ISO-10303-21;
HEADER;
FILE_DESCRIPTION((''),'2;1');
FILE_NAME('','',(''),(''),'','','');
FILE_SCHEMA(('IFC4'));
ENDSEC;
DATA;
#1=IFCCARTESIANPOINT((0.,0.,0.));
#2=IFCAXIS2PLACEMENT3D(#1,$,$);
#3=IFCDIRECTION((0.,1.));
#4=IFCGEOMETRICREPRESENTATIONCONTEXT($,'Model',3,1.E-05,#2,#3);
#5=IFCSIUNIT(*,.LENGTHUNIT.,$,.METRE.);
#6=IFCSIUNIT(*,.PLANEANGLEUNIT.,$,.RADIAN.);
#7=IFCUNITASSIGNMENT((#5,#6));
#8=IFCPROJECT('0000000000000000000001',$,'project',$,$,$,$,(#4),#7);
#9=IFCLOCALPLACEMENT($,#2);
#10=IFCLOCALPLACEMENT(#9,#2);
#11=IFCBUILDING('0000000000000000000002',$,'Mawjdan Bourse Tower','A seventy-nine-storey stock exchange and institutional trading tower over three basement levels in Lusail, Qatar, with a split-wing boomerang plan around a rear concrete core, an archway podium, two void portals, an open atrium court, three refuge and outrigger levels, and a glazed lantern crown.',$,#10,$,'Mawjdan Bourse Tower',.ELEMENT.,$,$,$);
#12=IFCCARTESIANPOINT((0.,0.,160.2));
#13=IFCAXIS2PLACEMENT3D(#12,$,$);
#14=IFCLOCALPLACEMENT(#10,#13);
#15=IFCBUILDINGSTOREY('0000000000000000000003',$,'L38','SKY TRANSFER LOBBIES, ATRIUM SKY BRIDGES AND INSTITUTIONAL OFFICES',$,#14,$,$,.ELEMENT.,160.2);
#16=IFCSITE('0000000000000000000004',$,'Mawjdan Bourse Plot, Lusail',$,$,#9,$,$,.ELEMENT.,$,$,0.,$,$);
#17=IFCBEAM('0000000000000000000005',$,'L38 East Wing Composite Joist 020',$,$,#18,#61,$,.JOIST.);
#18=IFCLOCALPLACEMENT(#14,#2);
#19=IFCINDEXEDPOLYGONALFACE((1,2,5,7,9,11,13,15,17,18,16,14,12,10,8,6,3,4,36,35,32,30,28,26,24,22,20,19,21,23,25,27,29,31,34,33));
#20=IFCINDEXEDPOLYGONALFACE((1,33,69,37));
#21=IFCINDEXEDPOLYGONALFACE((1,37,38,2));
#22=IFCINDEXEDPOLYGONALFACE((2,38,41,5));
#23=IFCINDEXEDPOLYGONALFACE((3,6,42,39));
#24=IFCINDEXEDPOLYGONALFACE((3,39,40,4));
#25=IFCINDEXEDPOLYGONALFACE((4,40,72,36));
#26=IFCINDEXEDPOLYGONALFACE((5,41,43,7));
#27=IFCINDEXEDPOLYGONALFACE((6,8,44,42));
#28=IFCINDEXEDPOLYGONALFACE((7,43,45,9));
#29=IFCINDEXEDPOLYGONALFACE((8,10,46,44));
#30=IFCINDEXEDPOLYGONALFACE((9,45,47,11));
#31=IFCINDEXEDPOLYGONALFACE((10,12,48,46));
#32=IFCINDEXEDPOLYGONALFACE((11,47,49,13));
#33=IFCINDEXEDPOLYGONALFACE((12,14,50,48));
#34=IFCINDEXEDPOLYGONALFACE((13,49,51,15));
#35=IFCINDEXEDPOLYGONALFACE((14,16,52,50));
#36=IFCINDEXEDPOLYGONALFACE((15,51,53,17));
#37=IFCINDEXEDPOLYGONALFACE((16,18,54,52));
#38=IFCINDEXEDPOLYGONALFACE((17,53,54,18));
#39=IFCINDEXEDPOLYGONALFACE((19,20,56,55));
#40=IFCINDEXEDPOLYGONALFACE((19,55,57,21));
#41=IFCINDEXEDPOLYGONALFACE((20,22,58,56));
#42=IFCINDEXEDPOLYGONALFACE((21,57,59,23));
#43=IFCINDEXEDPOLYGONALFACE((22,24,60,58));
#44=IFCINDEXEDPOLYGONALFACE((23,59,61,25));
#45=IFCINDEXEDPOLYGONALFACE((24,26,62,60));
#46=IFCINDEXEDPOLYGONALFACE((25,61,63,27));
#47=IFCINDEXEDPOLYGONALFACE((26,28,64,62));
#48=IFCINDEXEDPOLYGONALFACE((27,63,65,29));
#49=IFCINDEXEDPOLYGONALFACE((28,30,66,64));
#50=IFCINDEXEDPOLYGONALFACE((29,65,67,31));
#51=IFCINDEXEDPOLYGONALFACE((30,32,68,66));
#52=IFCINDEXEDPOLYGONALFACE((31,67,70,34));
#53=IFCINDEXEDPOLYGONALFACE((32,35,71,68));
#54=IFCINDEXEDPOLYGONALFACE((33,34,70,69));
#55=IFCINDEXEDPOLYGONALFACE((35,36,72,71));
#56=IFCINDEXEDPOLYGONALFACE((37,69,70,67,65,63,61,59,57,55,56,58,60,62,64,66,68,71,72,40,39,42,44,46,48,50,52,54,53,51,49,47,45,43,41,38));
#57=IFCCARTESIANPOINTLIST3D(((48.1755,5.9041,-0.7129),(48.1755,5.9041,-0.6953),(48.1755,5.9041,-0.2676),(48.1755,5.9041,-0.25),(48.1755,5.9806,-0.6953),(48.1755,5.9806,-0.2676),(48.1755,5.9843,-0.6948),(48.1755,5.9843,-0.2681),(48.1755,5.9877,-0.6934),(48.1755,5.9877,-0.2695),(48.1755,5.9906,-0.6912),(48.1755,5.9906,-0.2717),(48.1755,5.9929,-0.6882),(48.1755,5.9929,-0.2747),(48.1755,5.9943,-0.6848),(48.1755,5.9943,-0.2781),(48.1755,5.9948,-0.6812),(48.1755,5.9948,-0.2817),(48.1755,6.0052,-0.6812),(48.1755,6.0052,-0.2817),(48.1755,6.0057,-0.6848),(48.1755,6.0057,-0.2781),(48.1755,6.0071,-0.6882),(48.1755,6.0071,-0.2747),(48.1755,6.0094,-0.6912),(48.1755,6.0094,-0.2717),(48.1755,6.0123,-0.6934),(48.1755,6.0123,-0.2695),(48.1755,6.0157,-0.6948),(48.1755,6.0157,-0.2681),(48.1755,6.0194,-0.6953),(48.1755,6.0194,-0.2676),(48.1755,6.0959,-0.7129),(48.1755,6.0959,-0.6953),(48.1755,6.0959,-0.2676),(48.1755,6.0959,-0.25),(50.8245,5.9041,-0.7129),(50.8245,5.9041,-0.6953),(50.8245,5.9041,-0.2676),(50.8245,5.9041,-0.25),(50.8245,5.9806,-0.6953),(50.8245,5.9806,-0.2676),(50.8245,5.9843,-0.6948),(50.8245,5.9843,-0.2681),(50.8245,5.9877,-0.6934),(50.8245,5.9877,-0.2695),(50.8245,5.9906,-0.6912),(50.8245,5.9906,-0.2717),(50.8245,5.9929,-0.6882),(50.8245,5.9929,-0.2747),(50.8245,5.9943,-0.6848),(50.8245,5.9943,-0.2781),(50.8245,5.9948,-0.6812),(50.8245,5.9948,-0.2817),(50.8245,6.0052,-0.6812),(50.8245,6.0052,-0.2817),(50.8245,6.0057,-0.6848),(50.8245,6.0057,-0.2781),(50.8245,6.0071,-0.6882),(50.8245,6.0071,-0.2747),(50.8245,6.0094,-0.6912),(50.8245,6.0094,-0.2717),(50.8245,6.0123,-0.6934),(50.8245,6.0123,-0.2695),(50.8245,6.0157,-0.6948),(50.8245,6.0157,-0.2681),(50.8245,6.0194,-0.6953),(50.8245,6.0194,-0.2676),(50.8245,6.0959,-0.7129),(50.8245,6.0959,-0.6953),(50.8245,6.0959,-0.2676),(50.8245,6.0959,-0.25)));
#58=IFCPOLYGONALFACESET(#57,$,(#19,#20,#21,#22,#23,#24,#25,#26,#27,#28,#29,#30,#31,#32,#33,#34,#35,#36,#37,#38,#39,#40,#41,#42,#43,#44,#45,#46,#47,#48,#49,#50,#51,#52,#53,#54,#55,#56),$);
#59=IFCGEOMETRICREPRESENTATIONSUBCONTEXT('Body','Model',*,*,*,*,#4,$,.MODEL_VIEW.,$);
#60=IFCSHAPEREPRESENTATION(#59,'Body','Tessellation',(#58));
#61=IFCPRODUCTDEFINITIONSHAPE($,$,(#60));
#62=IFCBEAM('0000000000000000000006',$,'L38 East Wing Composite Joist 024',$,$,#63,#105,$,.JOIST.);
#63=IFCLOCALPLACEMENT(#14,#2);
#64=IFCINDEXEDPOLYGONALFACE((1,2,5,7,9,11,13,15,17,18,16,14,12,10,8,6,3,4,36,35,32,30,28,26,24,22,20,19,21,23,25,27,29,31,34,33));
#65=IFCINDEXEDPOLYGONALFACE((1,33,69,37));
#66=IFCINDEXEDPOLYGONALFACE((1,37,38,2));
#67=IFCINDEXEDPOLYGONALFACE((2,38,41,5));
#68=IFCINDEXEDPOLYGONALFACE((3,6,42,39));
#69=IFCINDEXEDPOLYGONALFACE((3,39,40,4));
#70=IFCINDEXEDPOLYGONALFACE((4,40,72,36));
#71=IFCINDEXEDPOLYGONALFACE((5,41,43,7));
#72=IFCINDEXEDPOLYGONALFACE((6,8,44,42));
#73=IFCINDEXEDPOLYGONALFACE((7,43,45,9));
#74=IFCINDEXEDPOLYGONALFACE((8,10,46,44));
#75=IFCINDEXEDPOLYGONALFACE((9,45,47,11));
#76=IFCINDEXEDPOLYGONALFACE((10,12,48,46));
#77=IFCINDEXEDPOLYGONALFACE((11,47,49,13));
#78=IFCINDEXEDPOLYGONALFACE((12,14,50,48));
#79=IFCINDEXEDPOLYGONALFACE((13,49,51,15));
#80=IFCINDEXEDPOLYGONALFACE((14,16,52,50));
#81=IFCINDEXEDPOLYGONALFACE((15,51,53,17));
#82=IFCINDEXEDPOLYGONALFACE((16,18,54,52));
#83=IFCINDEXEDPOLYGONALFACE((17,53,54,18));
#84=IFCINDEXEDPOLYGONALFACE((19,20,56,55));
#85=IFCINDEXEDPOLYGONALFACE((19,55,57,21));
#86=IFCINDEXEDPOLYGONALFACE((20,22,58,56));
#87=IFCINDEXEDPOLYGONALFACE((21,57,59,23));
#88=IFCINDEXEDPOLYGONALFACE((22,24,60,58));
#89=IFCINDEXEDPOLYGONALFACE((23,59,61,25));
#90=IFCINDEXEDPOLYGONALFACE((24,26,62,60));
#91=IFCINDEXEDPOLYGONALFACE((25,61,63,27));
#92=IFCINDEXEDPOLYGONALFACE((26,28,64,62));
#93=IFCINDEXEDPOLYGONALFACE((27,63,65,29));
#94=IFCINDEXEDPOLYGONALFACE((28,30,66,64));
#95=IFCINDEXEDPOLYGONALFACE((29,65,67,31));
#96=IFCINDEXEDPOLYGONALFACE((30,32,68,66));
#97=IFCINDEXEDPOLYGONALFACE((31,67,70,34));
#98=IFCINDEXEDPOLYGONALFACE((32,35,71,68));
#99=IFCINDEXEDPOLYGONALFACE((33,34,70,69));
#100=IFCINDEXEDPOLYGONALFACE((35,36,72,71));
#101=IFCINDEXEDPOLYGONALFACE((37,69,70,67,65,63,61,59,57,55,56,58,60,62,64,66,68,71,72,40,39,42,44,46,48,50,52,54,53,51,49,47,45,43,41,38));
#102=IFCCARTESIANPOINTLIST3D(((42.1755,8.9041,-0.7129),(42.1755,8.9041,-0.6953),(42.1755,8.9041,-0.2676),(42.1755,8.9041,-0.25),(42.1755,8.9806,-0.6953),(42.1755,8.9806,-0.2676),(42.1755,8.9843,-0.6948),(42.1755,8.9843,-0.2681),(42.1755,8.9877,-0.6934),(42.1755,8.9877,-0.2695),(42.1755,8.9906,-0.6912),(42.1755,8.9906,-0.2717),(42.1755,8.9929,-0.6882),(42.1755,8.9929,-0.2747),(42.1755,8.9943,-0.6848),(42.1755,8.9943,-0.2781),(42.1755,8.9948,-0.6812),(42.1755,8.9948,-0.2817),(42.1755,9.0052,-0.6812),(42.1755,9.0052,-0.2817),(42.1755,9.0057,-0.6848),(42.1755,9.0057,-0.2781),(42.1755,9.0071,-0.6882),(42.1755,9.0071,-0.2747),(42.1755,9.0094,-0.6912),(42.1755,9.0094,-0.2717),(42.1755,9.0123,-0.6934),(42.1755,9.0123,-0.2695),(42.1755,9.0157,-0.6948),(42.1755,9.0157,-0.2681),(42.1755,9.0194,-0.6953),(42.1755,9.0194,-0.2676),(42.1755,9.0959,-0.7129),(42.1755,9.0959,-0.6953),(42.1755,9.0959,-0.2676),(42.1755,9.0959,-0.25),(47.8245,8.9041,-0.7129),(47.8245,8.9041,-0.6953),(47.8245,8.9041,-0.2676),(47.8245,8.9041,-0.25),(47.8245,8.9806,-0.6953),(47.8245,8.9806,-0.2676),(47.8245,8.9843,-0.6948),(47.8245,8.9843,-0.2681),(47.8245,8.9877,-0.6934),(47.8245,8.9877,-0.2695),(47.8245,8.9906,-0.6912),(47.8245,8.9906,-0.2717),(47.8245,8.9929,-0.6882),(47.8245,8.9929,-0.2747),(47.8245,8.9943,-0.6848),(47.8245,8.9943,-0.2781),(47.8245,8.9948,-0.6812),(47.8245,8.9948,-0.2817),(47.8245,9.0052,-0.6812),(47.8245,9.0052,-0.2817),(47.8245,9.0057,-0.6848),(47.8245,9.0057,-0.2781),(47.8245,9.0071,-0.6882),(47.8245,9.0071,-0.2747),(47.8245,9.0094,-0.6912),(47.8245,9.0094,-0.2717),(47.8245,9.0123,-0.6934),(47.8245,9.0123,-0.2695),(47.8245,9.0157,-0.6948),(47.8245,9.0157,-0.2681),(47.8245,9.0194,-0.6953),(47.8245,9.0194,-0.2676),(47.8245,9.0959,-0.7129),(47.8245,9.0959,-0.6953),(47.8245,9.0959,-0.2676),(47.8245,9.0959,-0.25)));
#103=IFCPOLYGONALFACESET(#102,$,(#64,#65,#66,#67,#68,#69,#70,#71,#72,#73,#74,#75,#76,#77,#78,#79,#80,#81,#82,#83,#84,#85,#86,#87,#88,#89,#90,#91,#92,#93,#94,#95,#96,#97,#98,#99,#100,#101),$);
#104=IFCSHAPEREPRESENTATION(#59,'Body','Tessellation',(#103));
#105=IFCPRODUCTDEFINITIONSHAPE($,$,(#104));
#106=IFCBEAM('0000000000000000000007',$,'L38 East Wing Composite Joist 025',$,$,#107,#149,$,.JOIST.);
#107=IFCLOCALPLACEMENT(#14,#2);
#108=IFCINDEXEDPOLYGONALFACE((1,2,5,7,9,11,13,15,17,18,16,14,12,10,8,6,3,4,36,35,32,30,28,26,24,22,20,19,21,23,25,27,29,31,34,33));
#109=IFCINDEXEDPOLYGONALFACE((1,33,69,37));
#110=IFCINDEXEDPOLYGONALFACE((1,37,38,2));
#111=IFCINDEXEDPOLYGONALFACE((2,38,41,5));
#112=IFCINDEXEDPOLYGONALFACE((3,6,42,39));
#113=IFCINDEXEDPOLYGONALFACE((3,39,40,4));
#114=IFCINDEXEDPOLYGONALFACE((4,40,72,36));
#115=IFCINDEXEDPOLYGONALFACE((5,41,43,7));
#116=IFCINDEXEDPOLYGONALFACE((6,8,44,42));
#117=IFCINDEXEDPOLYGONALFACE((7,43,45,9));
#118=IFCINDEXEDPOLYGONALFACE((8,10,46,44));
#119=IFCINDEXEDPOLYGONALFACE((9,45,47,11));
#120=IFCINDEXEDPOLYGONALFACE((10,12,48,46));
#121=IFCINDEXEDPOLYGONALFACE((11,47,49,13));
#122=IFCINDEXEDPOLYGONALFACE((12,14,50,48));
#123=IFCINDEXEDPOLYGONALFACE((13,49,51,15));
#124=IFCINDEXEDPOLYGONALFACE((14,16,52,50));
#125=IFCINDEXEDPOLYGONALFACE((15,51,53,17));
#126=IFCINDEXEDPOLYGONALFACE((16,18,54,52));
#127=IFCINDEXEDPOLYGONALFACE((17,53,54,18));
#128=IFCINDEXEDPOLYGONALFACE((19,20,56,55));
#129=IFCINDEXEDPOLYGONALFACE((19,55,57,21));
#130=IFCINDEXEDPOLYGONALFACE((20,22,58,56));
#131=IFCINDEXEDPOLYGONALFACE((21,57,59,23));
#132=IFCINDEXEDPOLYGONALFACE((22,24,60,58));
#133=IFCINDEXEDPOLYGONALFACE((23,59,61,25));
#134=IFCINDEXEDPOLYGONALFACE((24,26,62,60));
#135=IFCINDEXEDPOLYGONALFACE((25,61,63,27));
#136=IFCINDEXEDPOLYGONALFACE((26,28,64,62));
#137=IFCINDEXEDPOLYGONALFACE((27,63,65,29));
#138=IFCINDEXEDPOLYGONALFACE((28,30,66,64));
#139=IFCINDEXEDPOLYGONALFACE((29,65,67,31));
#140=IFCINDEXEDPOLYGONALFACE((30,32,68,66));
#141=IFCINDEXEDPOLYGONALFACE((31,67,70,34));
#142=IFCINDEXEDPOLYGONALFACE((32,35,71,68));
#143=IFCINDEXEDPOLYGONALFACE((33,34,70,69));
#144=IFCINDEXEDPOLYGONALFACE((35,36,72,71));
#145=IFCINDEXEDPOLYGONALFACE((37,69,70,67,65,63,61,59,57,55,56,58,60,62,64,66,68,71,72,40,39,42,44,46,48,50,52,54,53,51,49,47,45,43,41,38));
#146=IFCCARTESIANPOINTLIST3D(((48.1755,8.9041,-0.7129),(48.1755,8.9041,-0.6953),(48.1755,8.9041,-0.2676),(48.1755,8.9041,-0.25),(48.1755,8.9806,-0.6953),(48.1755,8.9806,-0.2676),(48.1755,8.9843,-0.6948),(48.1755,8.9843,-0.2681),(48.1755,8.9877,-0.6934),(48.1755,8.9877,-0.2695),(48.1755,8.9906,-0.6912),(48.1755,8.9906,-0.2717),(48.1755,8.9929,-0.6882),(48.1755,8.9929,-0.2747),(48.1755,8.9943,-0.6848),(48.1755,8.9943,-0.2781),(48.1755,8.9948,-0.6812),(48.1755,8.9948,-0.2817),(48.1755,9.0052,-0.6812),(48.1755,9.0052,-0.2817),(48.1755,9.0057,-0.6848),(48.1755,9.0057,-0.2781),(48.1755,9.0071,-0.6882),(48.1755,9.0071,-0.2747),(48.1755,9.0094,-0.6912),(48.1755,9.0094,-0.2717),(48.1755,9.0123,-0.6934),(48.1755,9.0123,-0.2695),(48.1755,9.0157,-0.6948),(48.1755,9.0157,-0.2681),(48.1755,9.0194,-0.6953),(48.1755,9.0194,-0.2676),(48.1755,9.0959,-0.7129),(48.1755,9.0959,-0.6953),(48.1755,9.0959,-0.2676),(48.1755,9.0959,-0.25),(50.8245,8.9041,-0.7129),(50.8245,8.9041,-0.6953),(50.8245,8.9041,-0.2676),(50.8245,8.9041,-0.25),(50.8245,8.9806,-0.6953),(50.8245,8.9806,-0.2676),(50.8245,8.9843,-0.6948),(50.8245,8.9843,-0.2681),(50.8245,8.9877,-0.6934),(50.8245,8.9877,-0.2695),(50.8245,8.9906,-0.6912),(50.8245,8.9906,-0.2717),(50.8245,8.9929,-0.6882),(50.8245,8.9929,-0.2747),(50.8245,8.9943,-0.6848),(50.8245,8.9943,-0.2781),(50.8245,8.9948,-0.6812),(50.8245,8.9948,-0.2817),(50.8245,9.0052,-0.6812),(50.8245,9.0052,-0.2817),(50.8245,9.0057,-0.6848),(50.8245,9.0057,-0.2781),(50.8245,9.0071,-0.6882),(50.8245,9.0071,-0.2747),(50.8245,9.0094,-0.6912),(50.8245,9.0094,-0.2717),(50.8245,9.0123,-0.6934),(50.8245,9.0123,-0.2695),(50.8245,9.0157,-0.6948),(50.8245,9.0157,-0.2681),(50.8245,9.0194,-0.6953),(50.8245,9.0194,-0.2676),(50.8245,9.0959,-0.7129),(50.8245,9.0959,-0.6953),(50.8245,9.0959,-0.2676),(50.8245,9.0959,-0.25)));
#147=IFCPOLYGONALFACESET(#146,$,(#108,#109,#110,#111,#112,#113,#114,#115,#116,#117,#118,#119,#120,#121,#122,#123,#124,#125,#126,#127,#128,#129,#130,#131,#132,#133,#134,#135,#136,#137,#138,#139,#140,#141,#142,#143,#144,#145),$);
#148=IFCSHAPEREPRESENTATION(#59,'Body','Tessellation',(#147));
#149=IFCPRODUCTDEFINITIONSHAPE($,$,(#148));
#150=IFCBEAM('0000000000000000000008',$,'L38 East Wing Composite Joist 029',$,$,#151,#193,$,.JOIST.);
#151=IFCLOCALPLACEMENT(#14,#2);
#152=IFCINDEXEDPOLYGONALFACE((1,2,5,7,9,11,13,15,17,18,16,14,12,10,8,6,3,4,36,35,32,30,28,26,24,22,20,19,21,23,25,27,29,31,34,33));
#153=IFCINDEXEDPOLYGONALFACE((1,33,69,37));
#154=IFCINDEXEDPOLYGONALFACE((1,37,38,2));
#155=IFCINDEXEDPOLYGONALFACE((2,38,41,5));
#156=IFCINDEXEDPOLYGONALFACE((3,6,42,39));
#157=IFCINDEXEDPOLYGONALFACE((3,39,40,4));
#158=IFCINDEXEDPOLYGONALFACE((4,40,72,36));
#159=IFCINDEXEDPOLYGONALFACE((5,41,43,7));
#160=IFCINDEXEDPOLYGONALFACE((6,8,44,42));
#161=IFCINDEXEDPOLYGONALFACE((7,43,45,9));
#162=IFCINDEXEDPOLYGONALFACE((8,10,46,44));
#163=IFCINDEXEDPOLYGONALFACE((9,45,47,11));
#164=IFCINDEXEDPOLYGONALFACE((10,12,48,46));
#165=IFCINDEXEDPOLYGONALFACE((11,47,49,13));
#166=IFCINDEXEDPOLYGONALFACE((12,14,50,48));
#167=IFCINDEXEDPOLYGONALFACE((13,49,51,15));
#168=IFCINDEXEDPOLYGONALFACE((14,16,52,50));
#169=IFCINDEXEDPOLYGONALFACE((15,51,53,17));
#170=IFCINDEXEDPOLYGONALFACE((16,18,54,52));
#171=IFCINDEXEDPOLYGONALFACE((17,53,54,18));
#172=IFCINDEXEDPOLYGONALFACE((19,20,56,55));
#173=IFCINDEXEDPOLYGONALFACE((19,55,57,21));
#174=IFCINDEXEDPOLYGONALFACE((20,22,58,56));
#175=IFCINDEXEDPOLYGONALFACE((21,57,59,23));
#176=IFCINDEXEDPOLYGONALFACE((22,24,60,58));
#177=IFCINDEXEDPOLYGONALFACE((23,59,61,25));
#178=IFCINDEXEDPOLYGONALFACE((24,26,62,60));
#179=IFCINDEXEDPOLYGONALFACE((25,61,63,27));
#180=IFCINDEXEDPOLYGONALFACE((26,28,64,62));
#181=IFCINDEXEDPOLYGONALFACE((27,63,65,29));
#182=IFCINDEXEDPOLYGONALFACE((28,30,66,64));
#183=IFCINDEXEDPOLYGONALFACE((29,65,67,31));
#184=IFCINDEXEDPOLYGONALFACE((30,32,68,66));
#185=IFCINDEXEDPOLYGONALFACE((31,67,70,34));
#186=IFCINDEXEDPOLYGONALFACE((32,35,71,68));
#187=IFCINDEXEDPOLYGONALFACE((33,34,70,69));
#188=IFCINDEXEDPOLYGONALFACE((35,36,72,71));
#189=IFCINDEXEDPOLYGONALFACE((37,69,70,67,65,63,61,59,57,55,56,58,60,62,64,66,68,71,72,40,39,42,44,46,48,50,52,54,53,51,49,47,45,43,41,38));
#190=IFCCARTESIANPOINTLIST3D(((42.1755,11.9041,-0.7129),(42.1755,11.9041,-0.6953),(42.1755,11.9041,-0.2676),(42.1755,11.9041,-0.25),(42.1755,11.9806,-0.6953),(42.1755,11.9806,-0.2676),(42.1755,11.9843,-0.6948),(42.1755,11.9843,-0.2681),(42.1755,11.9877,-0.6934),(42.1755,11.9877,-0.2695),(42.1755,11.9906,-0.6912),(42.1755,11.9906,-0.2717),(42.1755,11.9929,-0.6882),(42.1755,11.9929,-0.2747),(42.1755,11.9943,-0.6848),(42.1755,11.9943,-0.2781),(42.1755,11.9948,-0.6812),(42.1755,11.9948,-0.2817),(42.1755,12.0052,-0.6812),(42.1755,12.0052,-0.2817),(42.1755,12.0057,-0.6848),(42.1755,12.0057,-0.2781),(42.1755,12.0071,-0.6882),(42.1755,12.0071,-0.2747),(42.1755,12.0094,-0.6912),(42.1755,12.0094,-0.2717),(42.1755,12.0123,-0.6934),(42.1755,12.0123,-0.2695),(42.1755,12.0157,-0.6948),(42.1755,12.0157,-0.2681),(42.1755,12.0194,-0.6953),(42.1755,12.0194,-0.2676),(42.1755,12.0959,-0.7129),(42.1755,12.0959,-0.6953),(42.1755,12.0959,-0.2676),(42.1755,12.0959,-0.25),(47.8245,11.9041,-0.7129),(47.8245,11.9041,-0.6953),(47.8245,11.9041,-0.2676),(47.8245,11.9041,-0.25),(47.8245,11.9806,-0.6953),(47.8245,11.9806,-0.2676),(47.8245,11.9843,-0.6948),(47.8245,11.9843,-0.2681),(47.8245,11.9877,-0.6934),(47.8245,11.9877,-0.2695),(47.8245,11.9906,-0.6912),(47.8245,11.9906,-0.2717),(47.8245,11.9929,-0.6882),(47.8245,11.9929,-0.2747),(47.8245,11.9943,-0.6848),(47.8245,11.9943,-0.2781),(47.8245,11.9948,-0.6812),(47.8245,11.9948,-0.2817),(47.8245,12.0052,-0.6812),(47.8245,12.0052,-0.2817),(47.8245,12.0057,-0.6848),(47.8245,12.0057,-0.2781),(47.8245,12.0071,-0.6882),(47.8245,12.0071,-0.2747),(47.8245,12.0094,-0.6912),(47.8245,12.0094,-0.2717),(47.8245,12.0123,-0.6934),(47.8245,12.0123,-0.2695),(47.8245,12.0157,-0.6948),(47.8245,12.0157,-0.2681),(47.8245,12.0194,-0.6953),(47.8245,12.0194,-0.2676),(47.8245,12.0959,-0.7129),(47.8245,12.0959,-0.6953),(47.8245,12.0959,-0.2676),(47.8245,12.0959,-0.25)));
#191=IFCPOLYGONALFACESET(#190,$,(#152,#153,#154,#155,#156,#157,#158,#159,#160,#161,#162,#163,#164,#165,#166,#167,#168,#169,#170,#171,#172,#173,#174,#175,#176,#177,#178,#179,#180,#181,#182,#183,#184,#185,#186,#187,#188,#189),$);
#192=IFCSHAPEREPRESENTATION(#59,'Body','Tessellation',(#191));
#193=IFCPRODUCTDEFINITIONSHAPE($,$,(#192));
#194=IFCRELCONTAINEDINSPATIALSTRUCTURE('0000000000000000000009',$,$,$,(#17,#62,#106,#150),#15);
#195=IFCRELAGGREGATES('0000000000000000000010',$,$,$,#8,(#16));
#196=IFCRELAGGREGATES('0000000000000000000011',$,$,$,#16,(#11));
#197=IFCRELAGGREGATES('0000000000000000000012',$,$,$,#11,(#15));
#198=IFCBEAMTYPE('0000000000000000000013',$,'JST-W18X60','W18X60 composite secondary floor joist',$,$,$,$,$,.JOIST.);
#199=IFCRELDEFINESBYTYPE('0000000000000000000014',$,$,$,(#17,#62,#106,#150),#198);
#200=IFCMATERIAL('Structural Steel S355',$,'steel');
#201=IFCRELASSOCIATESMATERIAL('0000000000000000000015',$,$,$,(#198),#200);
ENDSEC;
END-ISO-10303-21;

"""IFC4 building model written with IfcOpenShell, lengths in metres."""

from ifc_helpers import new_model, si_unit, direction, frame, origin, origin_2d, place, context, subcontext, project, spatial, i_section, extrude, material, material_profile, profile_set, type_object, element, save


model = new_model("IFC4")

# Units and contexts
model_context = context("Model", 3, precision=1e-05, world=origin(), true_north=direction((0.0, 1.0)))
body_context = subcontext(model_context, "Body", "Model", "MODEL_VIEW")
ifc_project = project(units=[si_unit("LENGTHUNIT", "METRE"), si_unit("PLANEANGLEUNIT", "RADIAN")], contexts=[model_context])

# Site, building, storey
site_placement = place(None, origin())
site = spatial("IfcSite", under=ifc_project, at=site_placement, Name="Mawjdan Bourse Plot, Lusail", CompositionType="ELEMENT", RefElevation=0.0)
building_placement = place(site_placement, origin())
building = spatial("IfcBuilding", under=site, at=building_placement, Name="Mawjdan Bourse Tower", Description="A seventy-nine-storey stock exchange and institutional trading tower over three basement levels in Lusail, Qatar, with a split-wing boomerang plan around a rear concrete core, an archway podium, two void portals, an open atrium court, three refuge and outrigger levels, and a glazed lantern crown.", LongName="Mawjdan Bourse Tower", CompositionType="ELEMENT")
storey_placement = place(building_placement, frame((0.0, 0.0, 160.2)))
storey = spatial("IfcBuildingStorey", under=building, at=storey_placement, Name="L38", Description="SKY TRANSFER LOBBIES, ATRIUM SKY BRIDGES AND INSTITUTIONAL OFFICES", CompositionType="ELEMENT", Elevation=160.2)

# Beams
ifc_material_1 = material(Name="Structural Steel S355", Category="steel")
ifc_material_profile_1 = material_profile(ifc_material_1, i_section(OverallWidth=0.1919, OverallDepth=0.4629, WebThickness=0.0105, FlangeThickness=0.0176, FilletRadius=0.0142, at=origin_2d()), Name="W18X60")
ifc_profile_set_1 = profile_set([ifc_material_profile_1], Name="Structural Steel S355")
beam_type_1 = type_object("IfcBeamType", Name="JST-W18X60", Description="W18X60 composite secondary floor joist", PredefinedType="JOIST", material=ifc_profile_set_1)
beam_1_placement = place(storey_placement, frame((48.1755, 6.0, -0.4814), z_axis=(1.0, 0.0, 0.0), x_axis=(0.0, 1.0, 0.0)))
element("IfcBeam", 1, at=beam_1_placement, inside=storey, type_object=beam_type_1, Name="L38 East Wing Composite Joist 020", PredefinedType="JOIST", context=body_context, shape_type="SweptSolid", body=[
    extrude(i_section(OverallWidth=0.1919, OverallDepth=0.4629, WebThickness=0.0105, FlangeThickness=0.0176, FilletRadius=0.0142, at=origin_2d()), origin(), (0.0, 0.0, 1.0), 2.6489),
])
beam_2_placement = place(storey_placement, frame((42.1755, 9.0, -0.4814), z_axis=(1.0, 0.0, 0.0), x_axis=(0.0, 1.0, 0.0)))
element("IfcBeam", 2, at=beam_2_placement, inside=storey, type_object=beam_type_1, Name="L38 East Wing Composite Joist 024", PredefinedType="JOIST", context=body_context, shape_type="SweptSolid", body=[
    extrude(i_section(OverallWidth=0.1919, OverallDepth=0.4629, WebThickness=0.0105, FlangeThickness=0.0176, FilletRadius=0.0142, at=origin_2d()), origin(), (0.0, 0.0, 1.0), 5.6489),
])
beam_3_placement = place(storey_placement, frame((48.1755, 9.0, -0.4814), z_axis=(1.0, 0.0, 0.0), x_axis=(0.0, 1.0, 0.0)))
element("IfcBeam", 3, at=beam_3_placement, inside=storey, type_object=beam_type_1, Name="L38 East Wing Composite Joist 025", PredefinedType="JOIST", context=body_context, shape_type="SweptSolid", body=[
    extrude(i_section(OverallWidth=0.1919, OverallDepth=0.4629, WebThickness=0.0105, FlangeThickness=0.0176, FilletRadius=0.0142, at=origin_2d()), origin(), (0.0, 0.0, 1.0), 2.6489),
])
beam_4_placement = place(storey_placement, frame((42.1755, 12.0, -0.4814), z_axis=(1.0, 0.0, 0.0), x_axis=(0.0, 1.0, 0.0)))
element("IfcBeam", 4, at=beam_4_placement, inside=storey, type_object=beam_type_1, Name="L38 East Wing Composite Joist 029", PredefinedType="JOIST", context=body_context, shape_type="SweptSolid", body=[
    extrude(i_section(OverallWidth=0.1919, OverallDepth=0.4629, WebThickness=0.0105, FlangeThickness=0.0176, FilletRadius=0.0142, at=origin_2d()), origin(), (0.0, 0.0, 1.0), 5.6489),
])

save(model, "model.ifc")
